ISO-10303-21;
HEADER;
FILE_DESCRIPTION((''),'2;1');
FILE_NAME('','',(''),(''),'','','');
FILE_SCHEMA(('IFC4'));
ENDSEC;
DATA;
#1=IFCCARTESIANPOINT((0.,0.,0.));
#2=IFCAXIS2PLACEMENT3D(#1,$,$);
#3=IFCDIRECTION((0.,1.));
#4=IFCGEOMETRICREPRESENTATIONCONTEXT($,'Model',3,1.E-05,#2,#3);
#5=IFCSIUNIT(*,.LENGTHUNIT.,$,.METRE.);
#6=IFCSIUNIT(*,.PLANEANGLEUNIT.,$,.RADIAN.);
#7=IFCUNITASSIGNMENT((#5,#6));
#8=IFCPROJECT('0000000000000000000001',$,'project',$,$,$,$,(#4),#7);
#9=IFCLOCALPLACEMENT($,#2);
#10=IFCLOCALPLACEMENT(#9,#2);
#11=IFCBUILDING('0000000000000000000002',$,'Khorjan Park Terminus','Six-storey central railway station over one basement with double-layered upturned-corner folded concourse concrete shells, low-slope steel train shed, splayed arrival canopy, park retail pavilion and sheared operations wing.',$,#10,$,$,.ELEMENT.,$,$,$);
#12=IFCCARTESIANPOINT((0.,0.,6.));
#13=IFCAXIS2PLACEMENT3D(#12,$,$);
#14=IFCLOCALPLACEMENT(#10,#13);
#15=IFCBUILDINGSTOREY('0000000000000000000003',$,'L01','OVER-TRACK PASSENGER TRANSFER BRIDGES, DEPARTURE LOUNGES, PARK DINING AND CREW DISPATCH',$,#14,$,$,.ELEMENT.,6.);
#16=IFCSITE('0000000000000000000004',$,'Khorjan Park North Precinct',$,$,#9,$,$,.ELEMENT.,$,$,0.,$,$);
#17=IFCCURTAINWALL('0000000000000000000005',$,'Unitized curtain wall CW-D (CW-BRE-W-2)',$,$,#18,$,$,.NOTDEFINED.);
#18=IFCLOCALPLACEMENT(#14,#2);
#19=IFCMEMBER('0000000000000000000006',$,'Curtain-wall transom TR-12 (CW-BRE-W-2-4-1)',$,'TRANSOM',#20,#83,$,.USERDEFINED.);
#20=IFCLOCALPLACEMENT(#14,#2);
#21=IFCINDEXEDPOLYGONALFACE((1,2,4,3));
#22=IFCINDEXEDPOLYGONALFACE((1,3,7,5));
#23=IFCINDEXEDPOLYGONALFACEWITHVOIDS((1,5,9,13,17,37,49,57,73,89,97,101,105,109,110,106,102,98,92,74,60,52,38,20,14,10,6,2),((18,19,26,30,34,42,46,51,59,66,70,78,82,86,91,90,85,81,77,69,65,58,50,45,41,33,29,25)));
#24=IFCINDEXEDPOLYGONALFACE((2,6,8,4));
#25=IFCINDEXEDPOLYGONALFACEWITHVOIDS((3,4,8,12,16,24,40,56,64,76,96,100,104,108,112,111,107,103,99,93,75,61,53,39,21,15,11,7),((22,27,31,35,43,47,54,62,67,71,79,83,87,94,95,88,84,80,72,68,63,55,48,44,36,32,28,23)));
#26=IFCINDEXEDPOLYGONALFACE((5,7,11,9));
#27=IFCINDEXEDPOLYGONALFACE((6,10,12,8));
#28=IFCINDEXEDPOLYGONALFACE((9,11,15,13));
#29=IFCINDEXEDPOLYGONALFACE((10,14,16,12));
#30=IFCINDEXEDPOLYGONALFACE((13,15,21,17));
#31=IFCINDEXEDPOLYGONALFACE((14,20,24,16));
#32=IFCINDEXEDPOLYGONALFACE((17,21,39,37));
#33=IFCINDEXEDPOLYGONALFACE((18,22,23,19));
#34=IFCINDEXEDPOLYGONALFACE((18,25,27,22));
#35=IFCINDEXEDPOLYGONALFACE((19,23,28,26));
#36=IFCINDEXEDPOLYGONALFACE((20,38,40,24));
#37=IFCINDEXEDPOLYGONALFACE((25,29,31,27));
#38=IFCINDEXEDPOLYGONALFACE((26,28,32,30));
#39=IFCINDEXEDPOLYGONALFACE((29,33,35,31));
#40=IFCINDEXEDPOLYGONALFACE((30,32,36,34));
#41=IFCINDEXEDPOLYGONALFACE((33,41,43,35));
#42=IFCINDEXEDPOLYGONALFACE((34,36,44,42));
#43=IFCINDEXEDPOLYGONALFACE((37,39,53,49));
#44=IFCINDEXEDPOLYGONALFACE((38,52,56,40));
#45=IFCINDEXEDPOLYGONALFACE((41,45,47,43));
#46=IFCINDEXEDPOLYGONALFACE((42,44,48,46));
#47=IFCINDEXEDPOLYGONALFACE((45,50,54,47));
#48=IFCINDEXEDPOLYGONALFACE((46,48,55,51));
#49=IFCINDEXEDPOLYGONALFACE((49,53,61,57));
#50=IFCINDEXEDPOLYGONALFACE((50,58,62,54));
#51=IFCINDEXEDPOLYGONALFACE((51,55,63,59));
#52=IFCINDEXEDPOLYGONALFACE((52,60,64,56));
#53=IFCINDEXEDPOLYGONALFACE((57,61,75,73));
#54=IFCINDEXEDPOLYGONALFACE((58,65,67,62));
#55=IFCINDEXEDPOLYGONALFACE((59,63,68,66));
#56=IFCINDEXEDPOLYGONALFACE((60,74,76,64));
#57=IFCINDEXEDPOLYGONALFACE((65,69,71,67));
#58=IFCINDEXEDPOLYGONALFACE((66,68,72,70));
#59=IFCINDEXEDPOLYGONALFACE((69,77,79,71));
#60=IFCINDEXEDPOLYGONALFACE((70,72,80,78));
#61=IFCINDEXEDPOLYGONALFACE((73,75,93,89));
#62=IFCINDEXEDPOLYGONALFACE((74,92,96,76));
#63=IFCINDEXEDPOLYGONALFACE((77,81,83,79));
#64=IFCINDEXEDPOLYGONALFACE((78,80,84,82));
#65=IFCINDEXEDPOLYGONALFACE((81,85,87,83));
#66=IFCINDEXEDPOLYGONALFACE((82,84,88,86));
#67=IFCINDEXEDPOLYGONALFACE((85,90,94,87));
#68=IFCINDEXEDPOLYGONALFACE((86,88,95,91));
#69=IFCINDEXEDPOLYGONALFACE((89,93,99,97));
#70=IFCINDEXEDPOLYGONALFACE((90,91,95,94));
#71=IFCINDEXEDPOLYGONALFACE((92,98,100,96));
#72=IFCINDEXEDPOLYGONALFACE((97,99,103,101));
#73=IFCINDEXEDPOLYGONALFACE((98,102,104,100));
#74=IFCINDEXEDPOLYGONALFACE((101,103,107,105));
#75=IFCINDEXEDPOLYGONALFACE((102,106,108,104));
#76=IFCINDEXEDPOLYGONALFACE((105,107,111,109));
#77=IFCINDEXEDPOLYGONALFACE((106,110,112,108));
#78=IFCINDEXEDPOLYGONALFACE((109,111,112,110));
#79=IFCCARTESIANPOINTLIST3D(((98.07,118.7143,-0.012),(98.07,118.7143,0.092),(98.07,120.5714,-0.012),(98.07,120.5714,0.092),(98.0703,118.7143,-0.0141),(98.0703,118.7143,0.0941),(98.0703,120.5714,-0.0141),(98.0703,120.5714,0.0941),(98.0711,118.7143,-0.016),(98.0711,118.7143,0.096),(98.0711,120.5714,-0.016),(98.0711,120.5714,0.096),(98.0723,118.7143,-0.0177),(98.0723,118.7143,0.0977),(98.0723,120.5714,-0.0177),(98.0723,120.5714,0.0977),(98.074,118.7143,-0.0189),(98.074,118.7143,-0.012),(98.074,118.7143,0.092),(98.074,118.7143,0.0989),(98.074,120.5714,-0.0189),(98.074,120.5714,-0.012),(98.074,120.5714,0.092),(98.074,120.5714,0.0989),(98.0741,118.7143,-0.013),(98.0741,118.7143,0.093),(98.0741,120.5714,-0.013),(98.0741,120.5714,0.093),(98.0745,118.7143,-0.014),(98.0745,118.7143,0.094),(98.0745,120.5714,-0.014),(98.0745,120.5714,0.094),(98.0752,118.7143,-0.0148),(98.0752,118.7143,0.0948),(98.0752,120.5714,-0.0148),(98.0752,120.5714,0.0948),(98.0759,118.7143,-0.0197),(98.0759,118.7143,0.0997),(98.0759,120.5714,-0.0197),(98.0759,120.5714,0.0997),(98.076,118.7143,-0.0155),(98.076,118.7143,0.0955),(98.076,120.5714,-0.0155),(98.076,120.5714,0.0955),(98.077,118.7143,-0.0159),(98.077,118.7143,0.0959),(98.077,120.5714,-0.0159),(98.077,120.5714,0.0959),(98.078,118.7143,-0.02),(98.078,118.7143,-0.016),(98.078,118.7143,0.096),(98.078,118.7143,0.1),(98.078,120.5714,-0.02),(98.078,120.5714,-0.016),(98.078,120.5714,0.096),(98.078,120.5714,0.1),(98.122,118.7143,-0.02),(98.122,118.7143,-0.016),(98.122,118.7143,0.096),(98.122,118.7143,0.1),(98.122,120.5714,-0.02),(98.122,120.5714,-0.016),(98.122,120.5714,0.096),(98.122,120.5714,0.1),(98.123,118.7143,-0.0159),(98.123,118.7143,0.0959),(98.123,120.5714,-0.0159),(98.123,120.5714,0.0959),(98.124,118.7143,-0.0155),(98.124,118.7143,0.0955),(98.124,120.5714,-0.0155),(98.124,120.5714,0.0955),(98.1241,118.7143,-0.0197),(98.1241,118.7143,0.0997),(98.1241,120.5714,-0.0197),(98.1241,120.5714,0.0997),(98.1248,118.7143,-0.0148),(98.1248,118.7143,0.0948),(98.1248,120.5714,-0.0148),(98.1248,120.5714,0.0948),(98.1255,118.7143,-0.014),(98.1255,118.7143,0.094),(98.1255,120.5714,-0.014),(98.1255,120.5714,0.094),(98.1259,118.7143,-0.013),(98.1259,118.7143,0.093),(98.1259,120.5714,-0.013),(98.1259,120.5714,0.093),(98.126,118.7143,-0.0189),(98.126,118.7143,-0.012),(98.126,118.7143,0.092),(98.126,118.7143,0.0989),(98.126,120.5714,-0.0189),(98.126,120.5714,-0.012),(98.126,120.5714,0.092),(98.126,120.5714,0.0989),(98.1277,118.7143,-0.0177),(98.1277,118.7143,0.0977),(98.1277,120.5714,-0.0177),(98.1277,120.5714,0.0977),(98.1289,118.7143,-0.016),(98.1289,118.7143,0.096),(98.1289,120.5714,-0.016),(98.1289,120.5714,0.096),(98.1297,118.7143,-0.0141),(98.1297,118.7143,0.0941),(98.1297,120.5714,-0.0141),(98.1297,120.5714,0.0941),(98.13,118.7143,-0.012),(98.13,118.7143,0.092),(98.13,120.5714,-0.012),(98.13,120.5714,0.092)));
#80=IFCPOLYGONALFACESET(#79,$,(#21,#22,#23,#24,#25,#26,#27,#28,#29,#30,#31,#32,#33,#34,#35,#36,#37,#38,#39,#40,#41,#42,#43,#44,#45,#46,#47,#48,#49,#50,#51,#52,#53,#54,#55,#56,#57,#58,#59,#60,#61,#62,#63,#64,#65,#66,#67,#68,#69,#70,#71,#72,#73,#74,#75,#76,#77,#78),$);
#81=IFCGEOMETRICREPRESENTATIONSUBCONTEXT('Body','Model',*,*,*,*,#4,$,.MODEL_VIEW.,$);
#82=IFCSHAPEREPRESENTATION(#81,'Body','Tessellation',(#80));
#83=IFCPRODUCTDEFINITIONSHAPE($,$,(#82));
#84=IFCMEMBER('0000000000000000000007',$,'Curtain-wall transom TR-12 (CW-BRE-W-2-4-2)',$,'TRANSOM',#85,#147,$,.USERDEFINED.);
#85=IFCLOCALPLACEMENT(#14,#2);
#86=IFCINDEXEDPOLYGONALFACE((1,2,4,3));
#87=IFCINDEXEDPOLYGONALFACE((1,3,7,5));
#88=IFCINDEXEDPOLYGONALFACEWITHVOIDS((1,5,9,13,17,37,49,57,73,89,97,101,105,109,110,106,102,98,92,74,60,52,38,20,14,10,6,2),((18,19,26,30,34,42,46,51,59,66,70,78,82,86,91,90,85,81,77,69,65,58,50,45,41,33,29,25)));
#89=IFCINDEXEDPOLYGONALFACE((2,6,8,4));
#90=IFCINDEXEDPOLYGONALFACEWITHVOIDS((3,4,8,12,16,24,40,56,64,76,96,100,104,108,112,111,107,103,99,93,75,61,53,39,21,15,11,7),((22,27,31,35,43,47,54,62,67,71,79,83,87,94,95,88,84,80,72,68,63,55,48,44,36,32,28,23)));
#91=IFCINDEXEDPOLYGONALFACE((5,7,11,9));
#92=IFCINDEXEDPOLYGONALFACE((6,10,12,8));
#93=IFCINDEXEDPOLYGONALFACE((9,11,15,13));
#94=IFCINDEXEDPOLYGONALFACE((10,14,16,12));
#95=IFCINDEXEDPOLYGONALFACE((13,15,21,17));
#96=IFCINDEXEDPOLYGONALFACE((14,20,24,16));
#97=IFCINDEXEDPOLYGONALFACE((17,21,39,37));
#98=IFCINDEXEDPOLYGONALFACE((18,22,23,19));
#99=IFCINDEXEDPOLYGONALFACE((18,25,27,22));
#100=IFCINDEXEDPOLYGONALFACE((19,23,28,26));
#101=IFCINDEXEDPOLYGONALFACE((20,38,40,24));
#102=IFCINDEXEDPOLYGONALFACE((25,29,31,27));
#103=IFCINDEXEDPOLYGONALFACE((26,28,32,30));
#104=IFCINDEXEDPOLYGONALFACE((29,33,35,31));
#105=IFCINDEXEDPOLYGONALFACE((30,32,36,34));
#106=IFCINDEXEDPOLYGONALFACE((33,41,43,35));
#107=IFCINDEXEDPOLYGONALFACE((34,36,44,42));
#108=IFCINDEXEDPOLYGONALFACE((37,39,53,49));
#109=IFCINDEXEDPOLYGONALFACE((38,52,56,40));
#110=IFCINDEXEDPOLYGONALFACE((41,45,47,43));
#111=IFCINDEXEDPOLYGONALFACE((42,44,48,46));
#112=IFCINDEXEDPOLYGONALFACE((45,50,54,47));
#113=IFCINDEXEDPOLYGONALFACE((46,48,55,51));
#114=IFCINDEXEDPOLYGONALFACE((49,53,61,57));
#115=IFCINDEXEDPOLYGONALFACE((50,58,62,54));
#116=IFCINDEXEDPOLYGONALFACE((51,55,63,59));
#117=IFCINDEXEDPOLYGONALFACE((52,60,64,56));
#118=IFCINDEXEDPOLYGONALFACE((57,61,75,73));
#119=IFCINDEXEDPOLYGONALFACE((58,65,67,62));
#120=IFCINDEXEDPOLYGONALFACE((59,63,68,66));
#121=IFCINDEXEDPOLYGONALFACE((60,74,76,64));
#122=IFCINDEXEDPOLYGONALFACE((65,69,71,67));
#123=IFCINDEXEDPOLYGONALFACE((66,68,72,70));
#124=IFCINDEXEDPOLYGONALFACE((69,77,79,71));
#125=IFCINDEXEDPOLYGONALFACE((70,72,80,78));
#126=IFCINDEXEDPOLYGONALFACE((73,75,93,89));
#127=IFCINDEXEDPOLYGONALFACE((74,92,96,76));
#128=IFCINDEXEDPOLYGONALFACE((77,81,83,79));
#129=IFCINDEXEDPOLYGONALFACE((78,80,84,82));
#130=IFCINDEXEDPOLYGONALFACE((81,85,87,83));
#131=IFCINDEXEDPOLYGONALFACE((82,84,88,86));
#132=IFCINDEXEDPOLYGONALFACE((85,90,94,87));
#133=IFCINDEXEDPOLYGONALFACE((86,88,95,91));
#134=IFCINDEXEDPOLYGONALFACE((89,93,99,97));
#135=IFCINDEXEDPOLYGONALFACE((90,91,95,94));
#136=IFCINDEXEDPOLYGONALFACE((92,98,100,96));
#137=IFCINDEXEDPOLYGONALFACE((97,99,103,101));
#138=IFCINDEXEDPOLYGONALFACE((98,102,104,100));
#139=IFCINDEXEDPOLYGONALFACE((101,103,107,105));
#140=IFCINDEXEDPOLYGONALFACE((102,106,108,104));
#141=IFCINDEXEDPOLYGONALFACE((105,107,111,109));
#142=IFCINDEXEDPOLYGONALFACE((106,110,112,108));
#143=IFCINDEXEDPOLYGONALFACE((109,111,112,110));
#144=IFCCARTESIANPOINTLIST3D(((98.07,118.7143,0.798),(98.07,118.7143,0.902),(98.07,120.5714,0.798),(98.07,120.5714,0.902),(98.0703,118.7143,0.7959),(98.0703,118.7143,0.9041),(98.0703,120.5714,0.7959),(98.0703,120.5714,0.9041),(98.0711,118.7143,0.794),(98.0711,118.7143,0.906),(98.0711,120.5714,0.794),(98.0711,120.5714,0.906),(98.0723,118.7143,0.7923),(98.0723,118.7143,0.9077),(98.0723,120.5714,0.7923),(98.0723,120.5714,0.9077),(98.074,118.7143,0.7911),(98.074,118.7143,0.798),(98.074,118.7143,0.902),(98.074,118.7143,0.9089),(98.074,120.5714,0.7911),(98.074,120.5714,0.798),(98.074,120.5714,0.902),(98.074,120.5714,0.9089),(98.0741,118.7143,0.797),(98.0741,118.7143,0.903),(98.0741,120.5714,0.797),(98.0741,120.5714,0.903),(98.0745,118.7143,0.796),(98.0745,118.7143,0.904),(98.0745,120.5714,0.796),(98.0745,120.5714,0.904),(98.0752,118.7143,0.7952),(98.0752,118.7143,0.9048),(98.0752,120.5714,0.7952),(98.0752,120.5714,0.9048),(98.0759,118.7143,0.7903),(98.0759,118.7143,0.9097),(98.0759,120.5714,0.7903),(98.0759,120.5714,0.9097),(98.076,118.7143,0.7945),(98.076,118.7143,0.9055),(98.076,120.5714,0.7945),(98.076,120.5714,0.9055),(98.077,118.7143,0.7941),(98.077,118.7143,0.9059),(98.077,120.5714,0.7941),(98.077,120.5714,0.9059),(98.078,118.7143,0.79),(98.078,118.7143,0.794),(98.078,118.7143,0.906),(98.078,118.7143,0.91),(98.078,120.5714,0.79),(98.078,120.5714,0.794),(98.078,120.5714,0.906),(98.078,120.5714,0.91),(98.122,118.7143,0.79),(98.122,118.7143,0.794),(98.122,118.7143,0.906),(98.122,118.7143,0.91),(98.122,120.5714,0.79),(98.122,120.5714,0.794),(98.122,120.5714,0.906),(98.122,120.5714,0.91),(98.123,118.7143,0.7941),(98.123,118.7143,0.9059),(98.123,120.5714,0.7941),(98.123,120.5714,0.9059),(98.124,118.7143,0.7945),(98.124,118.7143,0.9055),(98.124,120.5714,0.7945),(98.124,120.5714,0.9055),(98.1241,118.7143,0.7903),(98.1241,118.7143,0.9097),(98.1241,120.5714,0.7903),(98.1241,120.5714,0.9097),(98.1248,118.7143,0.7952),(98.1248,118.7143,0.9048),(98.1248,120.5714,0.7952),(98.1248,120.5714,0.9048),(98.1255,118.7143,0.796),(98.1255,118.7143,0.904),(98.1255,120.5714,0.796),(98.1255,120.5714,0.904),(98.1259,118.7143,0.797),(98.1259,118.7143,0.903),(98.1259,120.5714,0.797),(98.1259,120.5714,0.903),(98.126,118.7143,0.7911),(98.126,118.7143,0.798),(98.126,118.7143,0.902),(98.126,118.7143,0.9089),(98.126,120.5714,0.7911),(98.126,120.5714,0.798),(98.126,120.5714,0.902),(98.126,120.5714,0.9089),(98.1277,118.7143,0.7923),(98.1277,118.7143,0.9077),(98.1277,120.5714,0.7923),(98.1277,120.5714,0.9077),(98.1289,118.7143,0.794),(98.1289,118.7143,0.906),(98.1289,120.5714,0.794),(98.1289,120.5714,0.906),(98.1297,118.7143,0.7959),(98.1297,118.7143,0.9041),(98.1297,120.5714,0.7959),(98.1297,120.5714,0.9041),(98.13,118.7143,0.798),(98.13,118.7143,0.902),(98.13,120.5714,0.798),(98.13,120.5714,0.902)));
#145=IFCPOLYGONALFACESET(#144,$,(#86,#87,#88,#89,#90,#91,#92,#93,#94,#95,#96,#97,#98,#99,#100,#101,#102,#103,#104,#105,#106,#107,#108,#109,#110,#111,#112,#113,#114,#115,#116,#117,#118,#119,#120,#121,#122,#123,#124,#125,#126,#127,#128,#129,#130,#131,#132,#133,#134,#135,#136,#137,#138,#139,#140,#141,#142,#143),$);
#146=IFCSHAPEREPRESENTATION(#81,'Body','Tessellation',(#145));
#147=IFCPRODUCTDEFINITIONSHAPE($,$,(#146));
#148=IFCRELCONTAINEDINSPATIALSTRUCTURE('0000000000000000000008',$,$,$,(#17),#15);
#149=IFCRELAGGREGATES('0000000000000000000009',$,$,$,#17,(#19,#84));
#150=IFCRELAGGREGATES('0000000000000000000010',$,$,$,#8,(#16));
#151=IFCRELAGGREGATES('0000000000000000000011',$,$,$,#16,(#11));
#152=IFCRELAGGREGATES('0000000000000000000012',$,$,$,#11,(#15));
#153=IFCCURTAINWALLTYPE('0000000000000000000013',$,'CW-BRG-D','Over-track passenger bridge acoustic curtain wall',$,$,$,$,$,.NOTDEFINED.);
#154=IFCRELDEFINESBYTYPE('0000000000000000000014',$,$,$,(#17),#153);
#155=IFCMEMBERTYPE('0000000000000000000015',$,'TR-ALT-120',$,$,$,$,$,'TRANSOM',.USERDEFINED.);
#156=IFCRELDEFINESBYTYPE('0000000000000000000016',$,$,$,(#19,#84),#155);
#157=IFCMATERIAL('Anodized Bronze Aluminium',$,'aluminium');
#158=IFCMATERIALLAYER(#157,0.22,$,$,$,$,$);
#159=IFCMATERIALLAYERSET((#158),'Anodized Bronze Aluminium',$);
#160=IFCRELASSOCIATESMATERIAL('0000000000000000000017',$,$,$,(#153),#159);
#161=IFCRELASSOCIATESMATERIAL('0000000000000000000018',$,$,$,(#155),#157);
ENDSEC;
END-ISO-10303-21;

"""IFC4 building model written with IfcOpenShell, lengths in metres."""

from ifc_helpers import new_model, si_unit, direction, frame, origin, origin_2d, place, context, subcontext, project, spatial, hollow_rectangle, extrude, material, layer, layer_set, material_profile, profile_set, type_object, element, aggregate, save


model = new_model("IFC4")

# Units and contexts
model_context = context("Model", 3, precision=1e-05, world=origin(), true_north=direction((0.0, 1.0)))
body_context = subcontext(model_context, "Body", "Model", "MODEL_VIEW")
ifc_project = project(units=[si_unit("LENGTHUNIT", "METRE"), si_unit("PLANEANGLEUNIT", "RADIAN")], contexts=[model_context])

# Site, building, storey
site_placement = place(None, origin())
site = spatial("IfcSite", under=ifc_project, at=site_placement, Name="Khorjan Park North Precinct", CompositionType="ELEMENT", RefElevation=0.0)
building_placement = place(site_placement, origin())
building = spatial("IfcBuilding", under=site, at=building_placement, Name="Khorjan Park Terminus", Description="Six-storey central railway station over one basement with double-layered upturned-corner folded concourse concrete shells, low-slope steel train shed, splayed arrival canopy, park retail pavilion and sheared operations wing.", CompositionType="ELEMENT")
storey_placement = place(building_placement, frame((0.0, 0.0, 6.0)))
storey = spatial("IfcBuildingStorey", under=building, at=storey_placement, Name="L01", Description="OVER-TRACK PASSENGER TRANSFER BRIDGES, DEPARTURE LOUNGES, PARK DINING AND CREW DISPATCH", CompositionType="ELEMENT", Elevation=6.0)

# Curtain wall, members
ifc_material_1 = material(Name="Anodized Bronze Aluminium", Category="aluminium")
ifc_layer_1 = layer(ifc_material_1, 0.22)
ifc_layer_set_1 = layer_set([ifc_layer_1], Name="Anodized Bronze Aluminium")
curtain_wall_type = type_object("IfcCurtainWallType", Name="CW-BRG-D", Description="Over-track passenger bridge acoustic curtain wall", PredefinedType="NOTDEFINED", material=ifc_layer_set_1)
curtain_wall_placement = place(storey_placement, origin())
curtain_wall = element("IfcCurtainWall", 1, at=curtain_wall_placement, inside=storey, type_object=curtain_wall_type, Name="Unitized curtain wall CW-D (CW-BRE-W-2)", PredefinedType="NOTDEFINED")
ifc_material_profile_1 = material_profile(ifc_material_1, hollow_rectangle(XDim=0.06, YDim=0.12, WallThickness=0.004, InnerFilletRadius=0.004, OuterFilletRadius=0.008, at=origin_2d()), Name="ALT 60x120x4")
ifc_profile_set_1 = profile_set([ifc_material_profile_1], Name="Anodized Bronze Aluminium")
member_type_1 = type_object("IfcMemberType", Name="TR-ALT-120", ElementType="TRANSOM", PredefinedType="USERDEFINED", material=ifc_profile_set_1)
member_1_placement = place(storey_placement, frame((98.1, 120.5714, 0.04), z_axis=(0.0, -1.0, 0.0), x_axis=(1.0, 0.0, 0.0)))
member_1 = element("IfcMember", 2, at=member_1_placement, type_object=member_type_1, Name="Curtain-wall transom TR-12 (CW-BRE-W-2-4-1)", ObjectType="TRANSOM", PredefinedType="USERDEFINED", context=body_context, shape_type="SweptSolid", body=[
    extrude(hollow_rectangle(XDim=0.06, YDim=0.12, WallThickness=0.004, InnerFilletRadius=0.004, OuterFilletRadius=0.008, at=origin_2d()), origin(), (0.0, 0.0, 1.0), 1.8571),
])
member_2_placement = place(storey_placement, frame((98.1, 120.5714, 0.85), z_axis=(0.0, -1.0, 0.0), x_axis=(1.0, 0.0, 0.0)))
member_2 = element("IfcMember", 3, at=member_2_placement, type_object=member_type_1, Name="Curtain-wall transom TR-12 (CW-BRE-W-2-4-2)", ObjectType="TRANSOM", PredefinedType="USERDEFINED", context=body_context, shape_type="SweptSolid", body=[
    extrude(hollow_rectangle(XDim=0.06, YDim=0.12, WallThickness=0.004, InnerFilletRadius=0.004, OuterFilletRadius=0.008, at=origin_2d()), origin(), (0.0, 0.0, 1.0), 1.8571),
])
aggregate(curtain_wall, [member_1, member_2])

save(model, "model.ifc")
